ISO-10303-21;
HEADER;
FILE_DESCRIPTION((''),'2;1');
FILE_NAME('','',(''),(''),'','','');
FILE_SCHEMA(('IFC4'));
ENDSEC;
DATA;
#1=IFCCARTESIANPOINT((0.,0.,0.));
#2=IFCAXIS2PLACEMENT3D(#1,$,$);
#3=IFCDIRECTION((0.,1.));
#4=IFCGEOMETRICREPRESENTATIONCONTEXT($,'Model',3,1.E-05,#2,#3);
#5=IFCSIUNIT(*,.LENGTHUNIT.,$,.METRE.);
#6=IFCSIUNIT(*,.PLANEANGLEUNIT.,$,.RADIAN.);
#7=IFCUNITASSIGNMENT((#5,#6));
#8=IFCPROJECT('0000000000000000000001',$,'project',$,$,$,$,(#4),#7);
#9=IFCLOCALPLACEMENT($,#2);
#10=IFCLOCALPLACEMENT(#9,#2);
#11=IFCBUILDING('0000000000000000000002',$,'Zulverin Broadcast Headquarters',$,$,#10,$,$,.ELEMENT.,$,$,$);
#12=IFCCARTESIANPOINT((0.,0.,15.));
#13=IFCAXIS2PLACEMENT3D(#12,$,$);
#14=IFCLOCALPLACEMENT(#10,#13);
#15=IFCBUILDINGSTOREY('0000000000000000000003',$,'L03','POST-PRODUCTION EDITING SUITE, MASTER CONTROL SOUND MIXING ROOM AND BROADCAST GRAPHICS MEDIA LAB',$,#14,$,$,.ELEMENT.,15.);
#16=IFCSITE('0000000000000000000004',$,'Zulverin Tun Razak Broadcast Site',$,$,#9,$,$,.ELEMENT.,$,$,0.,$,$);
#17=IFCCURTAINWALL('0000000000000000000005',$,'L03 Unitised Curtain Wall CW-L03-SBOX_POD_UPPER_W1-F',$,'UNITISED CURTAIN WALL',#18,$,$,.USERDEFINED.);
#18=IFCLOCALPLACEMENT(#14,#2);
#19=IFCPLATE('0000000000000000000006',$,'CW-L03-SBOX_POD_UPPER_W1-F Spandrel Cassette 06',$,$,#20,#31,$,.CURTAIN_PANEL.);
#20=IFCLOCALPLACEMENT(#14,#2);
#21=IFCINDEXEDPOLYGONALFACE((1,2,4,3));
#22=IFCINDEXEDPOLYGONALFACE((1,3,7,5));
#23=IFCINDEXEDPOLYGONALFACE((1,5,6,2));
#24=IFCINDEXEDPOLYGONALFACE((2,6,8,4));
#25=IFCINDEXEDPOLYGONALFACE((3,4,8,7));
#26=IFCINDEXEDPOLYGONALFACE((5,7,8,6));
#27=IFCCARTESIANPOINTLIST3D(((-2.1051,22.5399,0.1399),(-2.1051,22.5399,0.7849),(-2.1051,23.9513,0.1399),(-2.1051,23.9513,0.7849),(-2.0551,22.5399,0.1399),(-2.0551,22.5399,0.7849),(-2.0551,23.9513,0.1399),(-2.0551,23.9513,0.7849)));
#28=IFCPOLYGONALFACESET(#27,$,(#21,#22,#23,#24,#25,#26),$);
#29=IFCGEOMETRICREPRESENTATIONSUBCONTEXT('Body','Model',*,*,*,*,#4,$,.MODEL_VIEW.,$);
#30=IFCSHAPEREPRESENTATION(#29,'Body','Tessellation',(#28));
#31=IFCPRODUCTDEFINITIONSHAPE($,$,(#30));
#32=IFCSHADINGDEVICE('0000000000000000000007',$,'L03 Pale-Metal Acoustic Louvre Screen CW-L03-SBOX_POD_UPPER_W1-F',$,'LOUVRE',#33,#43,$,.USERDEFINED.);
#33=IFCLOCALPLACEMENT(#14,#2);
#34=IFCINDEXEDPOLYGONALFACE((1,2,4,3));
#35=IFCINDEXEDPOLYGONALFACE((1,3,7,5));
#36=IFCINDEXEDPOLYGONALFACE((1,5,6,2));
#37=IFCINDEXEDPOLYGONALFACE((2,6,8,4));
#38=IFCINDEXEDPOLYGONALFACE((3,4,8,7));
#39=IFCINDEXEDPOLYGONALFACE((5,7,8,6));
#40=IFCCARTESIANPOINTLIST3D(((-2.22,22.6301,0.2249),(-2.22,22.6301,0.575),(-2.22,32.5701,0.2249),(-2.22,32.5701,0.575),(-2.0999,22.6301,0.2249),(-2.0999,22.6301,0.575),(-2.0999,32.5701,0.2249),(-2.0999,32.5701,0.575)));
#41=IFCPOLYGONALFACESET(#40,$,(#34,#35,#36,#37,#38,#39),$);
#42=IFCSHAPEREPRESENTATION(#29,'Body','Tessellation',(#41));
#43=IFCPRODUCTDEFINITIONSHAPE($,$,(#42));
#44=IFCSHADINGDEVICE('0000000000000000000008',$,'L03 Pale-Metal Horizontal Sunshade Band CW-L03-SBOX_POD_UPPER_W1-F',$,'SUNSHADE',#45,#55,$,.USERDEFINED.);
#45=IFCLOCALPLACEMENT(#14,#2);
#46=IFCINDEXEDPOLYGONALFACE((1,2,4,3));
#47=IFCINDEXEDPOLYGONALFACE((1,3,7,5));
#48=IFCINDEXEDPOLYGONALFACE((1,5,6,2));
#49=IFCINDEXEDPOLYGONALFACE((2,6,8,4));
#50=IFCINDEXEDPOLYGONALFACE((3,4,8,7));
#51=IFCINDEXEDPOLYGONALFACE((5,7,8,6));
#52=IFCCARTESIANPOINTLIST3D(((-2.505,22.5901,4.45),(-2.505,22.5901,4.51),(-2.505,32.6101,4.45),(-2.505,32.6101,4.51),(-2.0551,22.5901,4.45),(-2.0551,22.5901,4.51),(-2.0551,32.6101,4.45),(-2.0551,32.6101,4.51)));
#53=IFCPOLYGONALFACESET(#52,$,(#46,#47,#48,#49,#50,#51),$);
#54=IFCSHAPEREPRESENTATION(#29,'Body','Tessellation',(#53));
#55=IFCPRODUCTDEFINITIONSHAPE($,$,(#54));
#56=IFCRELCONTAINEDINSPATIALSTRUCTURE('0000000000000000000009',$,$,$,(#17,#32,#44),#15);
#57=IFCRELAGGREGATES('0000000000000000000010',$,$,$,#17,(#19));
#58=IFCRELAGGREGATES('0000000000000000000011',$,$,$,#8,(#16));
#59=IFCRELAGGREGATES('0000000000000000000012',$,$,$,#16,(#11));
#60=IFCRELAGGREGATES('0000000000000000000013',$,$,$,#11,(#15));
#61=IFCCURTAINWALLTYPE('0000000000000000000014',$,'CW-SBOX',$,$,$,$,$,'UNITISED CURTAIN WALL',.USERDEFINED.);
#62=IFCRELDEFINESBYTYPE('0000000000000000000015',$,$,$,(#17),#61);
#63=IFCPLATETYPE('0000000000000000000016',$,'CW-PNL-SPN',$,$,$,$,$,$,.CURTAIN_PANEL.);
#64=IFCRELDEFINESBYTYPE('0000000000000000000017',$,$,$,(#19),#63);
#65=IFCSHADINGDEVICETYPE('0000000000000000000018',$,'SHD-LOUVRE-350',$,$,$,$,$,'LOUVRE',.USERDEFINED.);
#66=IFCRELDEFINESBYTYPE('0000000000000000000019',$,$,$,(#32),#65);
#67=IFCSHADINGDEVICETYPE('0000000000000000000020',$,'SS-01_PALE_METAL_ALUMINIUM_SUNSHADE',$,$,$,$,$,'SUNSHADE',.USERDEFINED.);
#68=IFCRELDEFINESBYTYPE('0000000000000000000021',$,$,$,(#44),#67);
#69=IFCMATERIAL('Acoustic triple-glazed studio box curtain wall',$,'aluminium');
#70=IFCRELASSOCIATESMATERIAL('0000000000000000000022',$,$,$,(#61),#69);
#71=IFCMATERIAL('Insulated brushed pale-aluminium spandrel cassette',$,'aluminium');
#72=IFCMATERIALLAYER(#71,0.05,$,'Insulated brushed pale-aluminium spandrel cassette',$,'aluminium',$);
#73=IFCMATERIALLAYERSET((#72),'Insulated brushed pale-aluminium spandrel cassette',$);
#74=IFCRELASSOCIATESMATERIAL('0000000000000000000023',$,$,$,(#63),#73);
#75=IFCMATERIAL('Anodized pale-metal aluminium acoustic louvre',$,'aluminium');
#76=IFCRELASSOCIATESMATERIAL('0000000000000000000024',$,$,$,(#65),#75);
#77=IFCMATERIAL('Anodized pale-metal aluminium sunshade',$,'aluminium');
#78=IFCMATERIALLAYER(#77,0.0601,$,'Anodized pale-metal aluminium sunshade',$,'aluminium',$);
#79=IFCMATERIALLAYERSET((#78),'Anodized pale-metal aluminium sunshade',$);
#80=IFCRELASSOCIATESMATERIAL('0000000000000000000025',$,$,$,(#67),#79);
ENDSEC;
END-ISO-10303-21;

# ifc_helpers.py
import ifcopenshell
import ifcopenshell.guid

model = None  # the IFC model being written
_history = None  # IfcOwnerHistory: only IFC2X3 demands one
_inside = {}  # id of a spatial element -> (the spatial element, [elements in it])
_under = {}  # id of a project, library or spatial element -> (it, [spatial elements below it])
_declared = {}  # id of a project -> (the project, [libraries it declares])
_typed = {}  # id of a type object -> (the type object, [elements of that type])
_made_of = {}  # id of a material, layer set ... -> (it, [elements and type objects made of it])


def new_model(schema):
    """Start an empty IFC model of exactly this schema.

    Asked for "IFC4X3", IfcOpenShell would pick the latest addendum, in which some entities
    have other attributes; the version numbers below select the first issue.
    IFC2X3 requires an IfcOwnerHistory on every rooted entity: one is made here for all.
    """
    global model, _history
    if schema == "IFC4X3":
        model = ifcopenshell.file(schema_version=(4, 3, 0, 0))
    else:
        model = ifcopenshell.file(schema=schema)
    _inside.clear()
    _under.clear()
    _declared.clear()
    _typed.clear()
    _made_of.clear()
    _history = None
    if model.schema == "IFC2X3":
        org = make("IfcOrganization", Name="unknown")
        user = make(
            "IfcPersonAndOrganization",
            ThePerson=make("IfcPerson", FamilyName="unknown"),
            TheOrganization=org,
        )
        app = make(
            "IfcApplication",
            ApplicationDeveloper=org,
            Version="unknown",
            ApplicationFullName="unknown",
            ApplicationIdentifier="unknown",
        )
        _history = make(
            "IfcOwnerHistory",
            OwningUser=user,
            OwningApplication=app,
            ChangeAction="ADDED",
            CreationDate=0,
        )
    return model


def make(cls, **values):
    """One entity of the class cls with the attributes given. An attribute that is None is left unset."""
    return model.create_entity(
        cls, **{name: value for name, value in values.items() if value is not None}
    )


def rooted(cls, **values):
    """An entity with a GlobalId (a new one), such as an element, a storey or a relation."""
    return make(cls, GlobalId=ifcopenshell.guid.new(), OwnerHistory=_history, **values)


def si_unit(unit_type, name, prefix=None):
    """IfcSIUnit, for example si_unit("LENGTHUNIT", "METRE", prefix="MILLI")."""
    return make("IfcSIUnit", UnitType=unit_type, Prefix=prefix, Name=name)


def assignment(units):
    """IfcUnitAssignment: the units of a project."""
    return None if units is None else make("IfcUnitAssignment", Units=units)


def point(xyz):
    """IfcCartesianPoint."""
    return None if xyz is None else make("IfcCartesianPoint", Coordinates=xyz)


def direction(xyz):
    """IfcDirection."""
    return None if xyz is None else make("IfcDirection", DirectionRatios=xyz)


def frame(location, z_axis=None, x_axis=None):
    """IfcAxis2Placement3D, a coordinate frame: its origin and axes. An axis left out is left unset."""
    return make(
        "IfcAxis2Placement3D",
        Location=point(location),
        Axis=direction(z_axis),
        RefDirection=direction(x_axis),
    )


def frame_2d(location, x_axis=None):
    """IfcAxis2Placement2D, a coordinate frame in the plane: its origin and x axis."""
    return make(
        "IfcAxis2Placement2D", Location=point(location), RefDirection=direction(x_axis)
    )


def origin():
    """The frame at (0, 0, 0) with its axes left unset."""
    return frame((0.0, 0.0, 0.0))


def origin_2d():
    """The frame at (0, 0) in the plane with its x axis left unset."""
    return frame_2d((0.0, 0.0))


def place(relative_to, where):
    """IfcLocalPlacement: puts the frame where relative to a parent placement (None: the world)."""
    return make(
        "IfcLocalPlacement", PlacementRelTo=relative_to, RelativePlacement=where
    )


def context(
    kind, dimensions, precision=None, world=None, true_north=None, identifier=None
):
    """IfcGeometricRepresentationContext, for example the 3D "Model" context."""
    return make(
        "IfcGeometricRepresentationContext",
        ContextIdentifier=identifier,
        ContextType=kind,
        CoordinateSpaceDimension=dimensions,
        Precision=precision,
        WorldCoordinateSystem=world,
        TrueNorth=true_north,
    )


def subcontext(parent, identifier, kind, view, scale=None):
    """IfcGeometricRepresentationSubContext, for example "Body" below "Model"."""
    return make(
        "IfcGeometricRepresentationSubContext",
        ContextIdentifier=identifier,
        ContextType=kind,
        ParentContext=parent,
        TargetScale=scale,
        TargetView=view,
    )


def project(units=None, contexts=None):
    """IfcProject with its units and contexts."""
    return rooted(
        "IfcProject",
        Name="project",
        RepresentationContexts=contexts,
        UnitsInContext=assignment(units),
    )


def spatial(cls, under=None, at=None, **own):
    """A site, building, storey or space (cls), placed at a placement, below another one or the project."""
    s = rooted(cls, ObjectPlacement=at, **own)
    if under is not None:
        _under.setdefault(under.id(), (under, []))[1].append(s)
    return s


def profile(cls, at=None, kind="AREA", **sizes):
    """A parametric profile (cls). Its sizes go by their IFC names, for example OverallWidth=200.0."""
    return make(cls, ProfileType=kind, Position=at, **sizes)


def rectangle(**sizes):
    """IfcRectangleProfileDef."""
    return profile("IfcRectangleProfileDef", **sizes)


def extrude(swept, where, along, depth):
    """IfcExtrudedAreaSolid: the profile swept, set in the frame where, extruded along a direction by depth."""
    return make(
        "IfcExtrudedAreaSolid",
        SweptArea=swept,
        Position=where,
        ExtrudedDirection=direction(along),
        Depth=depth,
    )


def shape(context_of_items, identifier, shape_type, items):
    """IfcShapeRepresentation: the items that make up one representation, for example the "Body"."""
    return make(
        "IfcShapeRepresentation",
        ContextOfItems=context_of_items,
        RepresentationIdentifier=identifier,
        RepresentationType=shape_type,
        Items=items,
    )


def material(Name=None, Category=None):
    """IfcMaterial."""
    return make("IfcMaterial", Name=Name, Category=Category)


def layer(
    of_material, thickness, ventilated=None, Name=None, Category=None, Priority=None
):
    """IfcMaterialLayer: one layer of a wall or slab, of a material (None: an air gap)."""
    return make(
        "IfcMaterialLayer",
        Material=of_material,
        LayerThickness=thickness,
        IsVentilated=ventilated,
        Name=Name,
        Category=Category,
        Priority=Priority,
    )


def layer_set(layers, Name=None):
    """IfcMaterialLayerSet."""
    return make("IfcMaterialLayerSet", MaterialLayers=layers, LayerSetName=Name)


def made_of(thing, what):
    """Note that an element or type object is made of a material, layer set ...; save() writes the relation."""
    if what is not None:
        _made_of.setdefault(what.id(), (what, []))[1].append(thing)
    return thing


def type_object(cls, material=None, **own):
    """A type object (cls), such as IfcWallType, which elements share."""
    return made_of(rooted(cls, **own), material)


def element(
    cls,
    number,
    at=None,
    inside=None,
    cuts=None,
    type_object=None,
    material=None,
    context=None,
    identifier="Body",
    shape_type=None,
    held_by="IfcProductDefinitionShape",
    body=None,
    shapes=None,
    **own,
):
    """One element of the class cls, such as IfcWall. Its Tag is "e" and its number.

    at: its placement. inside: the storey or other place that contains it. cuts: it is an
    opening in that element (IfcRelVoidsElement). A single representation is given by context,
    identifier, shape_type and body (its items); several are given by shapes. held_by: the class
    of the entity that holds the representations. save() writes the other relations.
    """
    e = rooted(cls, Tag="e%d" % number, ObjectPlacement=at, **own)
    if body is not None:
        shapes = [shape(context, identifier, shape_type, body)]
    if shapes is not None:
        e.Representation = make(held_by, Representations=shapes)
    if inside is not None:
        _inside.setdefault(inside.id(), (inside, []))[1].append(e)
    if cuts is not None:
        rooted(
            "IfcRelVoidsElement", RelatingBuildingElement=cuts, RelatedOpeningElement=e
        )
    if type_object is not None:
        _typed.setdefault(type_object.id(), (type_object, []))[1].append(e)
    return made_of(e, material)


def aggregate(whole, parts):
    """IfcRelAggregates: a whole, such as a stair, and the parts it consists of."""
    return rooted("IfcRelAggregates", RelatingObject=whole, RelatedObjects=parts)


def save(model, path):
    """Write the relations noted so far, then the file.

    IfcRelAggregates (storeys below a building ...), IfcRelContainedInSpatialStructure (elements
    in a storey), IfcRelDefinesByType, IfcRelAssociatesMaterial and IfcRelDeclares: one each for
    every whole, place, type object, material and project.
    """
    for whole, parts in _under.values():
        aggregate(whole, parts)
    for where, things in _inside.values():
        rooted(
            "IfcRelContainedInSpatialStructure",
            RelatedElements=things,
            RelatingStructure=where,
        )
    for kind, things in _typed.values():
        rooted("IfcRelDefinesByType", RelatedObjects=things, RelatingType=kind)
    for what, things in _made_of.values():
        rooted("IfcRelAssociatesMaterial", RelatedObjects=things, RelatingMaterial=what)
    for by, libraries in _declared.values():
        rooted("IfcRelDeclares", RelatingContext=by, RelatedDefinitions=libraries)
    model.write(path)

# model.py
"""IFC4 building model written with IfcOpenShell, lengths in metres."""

from ifc_helpers import new_model, si_unit, direction, frame, origin, origin_2d, place, context, subcontext, project, spatial, rectangle, extrude, material, layer, layer_set, type_object, element, aggregate, save


model = new_model("IFC4")

# Units and contexts
model_context = context("Model", 3, precision=1e-05, world=origin(), true_north=direction((0.0, 1.0)))
body_context = subcontext(model_context, "Body", "Model", "MODEL_VIEW")
ifc_project = project(units=[si_unit("LENGTHUNIT", "METRE"), si_unit("PLANEANGLEUNIT", "RADIAN")], contexts=[model_context])

# Site, building, storey
site_placement = place(None, origin())
site = spatial("IfcSite", under=ifc_project, at=site_placement, Name="Zulverin Tun Razak Broadcast Site", CompositionType="ELEMENT", RefElevation=0.0)
building_placement = place(site_placement, origin())
building = spatial("IfcBuilding", under=site, at=building_placement, Name="Zulverin Broadcast Headquarters", CompositionType="ELEMENT")
storey_placement = place(building_placement, frame((0.0, 0.0, 15.0)))
storey = spatial("IfcBuildingStorey", under=building, at=storey_placement, Name="L03", Description="POST-PRODUCTION EDITING SUITE, MASTER CONTROL SOUND MIXING ROOM AND BROADCAST GRAPHICS MEDIA LAB", CompositionType="ELEMENT", Elevation=15.0)

# Curtain wall, plate
ifc_material_1 = material(Name="Acoustic triple-glazed studio box curtain wall", Category="aluminium")
curtain_wall_type = type_object("IfcCurtainWallType", Name="CW-SBOX", ElementType="UNITISED CURTAIN WALL", PredefinedType="USERDEFINED", material=ifc_material_1)
curtain_wall_placement = place(storey_placement, origin())
curtain_wall = element("IfcCurtainWall", 1, at=curtain_wall_placement, inside=storey, type_object=curtain_wall_type, Name="L03 Unitised Curtain Wall CW-L03-SBOX_POD_UPPER_W1-F", ObjectType="UNITISED CURTAIN WALL", PredefinedType="USERDEFINED")
ifc_material_2 = material(Name="Insulated brushed pale-aluminium spandrel cassette", Category="aluminium")
ifc_layer_1 = layer(ifc_material_2, 0.05, Name="Insulated brushed pale-aluminium spandrel cassette", Category="aluminium")
ifc_layer_set_1 = layer_set([ifc_layer_1], Name="Insulated brushed pale-aluminium spandrel cassette")
plate_type_1 = type_object("IfcPlateType", Name="CW-PNL-SPN", PredefinedType="CURTAIN_PANEL", material=ifc_layer_set_1)
plate_1_placement = place(storey_placement, frame((-2.0801, 23.2456, 0.1399), z_axis=(0.0, 0.0, 1.0), x_axis=(0.0, -1.0, 0.0)))
plate_1 = element("IfcPlate", 2, at=plate_1_placement, type_object=plate_type_1, Name="CW-L03-SBOX_POD_UPPER_W1-F Spandrel Cassette 06", PredefinedType="CURTAIN_PANEL", context=body_context, shape_type="SweptSolid", body=[
    extrude(rectangle(XDim=1.4114, YDim=0.05, at=origin_2d()), origin(), (0.0, 0.0, 1.0), 0.645),
])
aggregate(curtain_wall, [plate_1])

# Shading devices
ifc_material_3 = material(Name="Anodized pale-metal aluminium acoustic louvre", Category="aluminium")
shading_device_type_1 = type_object("IfcShadingDeviceType", Name="SHD-LOUVRE-350", ElementType="LOUVRE", PredefinedType="USERDEFINED", material=ifc_material_3)
shading_device_1_placement = place(storey_placement, frame((-2.1599, 27.6001, 0.2249), z_axis=(0.0, 0.0, 1.0), x_axis=(0.0, -1.0, 0.0)))
element("IfcShadingDevice", 3, at=shading_device_1_placement, inside=storey, type_object=shading_device_type_1, Name="L03 Pale-Metal Acoustic Louvre Screen CW-L03-SBOX_POD_UPPER_W1-F", ObjectType="LOUVRE", PredefinedType="USERDEFINED", context=body_context, shape_type="SweptSolid", body=[
    extrude(rectangle(XDim=9.9399, YDim=0.1201, at=origin_2d()), origin(), (0.0, 0.0, 1.0), 0.3501),
])
ifc_material_4 = material(Name="Anodized pale-metal aluminium sunshade", Category="aluminium")
ifc_layer_2 = layer(ifc_material_4, 0.0601, Name="Anodized pale-metal aluminium sunshade", Category="aluminium")
ifc_layer_set_2 = layer_set([ifc_layer_2], Name="Anodized pale-metal aluminium sunshade")
shading_device_type_2 = type_object("IfcShadingDeviceType", Name="SS-01_PALE_METAL_ALUMINIUM_SUNSHADE", ElementType="SUNSHADE", PredefinedType="USERDEFINED", material=ifc_layer_set_2)
shading_device_2_placement = place(storey_placement, frame((-2.28, 27.6001, 4.45), z_axis=(0.0, 0.0, 1.0), x_axis=(0.0, -1.0, 0.0)))
element("IfcShadingDevice", 4, at=shading_device_2_placement, inside=storey, type_object=shading_device_type_2, Name="L03 Pale-Metal Horizontal Sunshade Band CW-L03-SBOX_POD_UPPER_W1-F", ObjectType="SUNSHADE", PredefinedType="USERDEFINED", context=body_context, shape_type="SweptSolid", body=[
    extrude(rectangle(XDim=10.02, YDim=0.45, at=origin_2d()), origin(), (0.0, 0.0, 1.0), 0.0601),
])

save(model, "model.ifc")
